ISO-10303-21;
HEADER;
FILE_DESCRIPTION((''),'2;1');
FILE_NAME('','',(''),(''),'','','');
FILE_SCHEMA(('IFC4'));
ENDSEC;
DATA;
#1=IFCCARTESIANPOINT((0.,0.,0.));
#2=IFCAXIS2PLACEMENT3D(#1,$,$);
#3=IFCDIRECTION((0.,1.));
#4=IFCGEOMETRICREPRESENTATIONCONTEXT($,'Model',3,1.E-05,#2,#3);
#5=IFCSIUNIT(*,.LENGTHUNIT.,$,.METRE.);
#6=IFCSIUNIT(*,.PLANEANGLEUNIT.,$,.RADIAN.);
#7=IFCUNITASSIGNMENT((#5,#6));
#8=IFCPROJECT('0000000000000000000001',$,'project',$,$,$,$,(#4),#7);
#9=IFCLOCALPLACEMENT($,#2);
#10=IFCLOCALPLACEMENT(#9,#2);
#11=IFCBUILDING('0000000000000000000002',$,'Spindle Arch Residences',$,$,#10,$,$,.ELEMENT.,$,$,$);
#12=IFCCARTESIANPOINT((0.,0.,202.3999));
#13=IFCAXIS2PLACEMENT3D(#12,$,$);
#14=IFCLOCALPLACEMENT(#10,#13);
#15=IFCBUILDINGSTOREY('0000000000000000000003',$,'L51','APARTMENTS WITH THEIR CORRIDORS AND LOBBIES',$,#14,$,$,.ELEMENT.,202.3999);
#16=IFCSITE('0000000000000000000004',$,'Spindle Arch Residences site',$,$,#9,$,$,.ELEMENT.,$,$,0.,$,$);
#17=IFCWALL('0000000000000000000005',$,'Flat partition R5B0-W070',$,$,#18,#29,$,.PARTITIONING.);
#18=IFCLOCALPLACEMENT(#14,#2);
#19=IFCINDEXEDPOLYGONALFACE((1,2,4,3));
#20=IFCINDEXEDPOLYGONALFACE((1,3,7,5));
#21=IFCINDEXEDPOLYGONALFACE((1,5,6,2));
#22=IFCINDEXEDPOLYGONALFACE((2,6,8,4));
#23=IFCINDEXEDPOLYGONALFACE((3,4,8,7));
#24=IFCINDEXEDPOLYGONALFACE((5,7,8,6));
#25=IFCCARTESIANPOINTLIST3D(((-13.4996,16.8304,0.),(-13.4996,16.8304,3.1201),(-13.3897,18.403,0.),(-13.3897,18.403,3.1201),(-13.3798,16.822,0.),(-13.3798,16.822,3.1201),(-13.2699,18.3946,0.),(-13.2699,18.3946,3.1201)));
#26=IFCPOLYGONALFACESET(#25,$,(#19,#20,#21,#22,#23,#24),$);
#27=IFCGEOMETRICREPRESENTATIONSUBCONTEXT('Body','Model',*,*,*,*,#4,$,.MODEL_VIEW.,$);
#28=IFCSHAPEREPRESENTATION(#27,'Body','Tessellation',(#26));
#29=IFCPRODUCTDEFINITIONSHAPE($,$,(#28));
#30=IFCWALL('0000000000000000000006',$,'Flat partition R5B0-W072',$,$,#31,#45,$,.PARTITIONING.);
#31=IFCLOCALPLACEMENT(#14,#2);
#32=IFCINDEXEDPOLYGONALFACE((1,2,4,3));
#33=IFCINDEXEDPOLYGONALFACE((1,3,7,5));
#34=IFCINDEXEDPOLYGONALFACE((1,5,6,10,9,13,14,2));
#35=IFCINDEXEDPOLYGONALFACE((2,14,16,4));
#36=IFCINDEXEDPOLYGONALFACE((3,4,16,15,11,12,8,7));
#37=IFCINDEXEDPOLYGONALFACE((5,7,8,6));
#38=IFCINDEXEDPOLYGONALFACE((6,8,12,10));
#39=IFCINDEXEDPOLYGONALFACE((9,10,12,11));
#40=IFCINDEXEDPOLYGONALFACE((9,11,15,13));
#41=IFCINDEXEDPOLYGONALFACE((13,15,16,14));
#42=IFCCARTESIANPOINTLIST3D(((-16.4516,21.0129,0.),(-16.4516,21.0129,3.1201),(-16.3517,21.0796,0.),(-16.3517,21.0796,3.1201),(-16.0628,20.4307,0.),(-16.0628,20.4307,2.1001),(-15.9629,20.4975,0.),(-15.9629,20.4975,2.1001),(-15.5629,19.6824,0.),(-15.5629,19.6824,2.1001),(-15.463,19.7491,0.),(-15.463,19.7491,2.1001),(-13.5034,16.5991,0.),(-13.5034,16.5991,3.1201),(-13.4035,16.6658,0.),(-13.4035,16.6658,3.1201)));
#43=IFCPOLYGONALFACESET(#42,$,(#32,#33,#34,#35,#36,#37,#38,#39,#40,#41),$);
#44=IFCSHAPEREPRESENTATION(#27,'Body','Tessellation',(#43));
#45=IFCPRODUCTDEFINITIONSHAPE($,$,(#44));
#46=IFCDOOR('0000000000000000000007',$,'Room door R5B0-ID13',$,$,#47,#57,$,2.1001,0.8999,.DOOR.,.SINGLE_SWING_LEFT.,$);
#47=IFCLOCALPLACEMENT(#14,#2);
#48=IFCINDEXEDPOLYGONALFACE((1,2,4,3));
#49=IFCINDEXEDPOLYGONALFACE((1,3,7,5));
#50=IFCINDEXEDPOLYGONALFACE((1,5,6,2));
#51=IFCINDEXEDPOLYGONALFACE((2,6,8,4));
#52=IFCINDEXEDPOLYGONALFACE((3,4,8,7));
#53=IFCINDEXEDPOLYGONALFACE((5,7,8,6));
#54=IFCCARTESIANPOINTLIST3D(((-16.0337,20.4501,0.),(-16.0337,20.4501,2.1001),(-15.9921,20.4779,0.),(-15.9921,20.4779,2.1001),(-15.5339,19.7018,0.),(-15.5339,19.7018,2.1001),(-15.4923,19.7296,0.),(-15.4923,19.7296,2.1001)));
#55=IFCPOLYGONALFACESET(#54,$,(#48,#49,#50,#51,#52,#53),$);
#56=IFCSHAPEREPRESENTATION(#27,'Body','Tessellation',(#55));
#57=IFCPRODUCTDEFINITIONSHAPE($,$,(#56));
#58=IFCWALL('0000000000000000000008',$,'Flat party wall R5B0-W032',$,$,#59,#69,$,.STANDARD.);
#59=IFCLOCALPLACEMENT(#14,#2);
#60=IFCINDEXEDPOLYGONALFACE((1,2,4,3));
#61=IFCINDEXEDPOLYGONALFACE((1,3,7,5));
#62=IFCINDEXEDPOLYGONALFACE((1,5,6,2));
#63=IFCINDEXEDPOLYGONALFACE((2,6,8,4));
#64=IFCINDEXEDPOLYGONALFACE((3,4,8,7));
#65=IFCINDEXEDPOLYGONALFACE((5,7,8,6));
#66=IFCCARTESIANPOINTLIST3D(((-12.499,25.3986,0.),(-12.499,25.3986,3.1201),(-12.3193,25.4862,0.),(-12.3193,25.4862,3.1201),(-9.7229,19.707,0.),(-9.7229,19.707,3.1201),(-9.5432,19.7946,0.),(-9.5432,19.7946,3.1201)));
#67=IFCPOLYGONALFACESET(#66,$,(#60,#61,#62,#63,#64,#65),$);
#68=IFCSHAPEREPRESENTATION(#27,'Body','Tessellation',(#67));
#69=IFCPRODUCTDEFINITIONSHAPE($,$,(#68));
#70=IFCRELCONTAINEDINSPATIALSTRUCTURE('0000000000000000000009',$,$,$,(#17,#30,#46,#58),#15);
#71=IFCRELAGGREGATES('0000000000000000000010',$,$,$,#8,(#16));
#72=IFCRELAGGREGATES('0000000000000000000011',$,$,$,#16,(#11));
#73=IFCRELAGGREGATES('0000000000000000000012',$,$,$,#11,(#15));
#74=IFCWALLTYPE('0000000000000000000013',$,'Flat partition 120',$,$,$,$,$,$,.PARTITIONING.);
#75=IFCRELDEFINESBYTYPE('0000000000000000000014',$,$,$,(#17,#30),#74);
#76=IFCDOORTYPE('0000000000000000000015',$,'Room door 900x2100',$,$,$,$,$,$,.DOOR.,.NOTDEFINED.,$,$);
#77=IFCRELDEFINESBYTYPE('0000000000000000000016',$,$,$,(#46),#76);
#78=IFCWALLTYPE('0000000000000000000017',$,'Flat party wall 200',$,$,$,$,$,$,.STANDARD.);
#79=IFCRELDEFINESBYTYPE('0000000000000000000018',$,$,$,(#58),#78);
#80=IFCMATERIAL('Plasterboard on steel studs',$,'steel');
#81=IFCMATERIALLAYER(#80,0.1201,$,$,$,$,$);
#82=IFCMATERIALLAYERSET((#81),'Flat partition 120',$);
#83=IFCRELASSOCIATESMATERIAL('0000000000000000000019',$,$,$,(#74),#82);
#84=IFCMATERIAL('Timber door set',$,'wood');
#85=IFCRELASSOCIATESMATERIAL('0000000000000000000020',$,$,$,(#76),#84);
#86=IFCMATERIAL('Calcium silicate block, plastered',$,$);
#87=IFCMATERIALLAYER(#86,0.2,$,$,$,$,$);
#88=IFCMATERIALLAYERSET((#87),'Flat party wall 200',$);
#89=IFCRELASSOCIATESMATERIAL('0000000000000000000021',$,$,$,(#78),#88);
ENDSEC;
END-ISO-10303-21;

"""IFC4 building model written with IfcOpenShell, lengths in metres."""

from ifc_helpers import new_model, si_unit, direction, frame, frame_2d, origin, place, context, subcontext, project, spatial, rectangle, extrude, material, layer, layer_set, type_object, element, fill, save


model = new_model("IFC4")

# Units and contexts
model_context = context("Model", 3, precision=1e-05, world=origin(), true_north=direction((0.0, 1.0)))
body_context = subcontext(model_context, "Body", "Model", "MODEL_VIEW")
ifc_project = project(units=[si_unit("LENGTHUNIT", "METRE"), si_unit("PLANEANGLEUNIT", "RADIAN")], contexts=[model_context])

# Site, building, storey
site_placement = place(None, origin())
site = spatial("IfcSite", under=ifc_project, at=site_placement, Name="Spindle Arch Residences site", CompositionType="ELEMENT", RefElevation=0.0)
building_placement = place(site_placement, origin())
building = spatial("IfcBuilding", under=site, at=building_placement, Name="Spindle Arch Residences", CompositionType="ELEMENT")
storey_placement = place(building_placement, frame((0.0, 0.0, 202.3999)))
storey = spatial("IfcBuildingStorey", under=building, at=storey_placement, Name="L51", Description="APARTMENTS WITH THEIR CORRIDORS AND LOBBIES", CompositionType="ELEMENT", Elevation=202.3999)

# Wall
ifc_material_1 = material(Name="Plasterboard on steel studs", Category="steel")
ifc_layer_1 = layer(ifc_material_1, 0.1201)
ifc_layer_set_1 = layer_set([ifc_layer_1], Name="Flat partition 120")
wall_type_1 = type_object("IfcWallType", Name="Flat partition 120", PredefinedType="PARTITIONING", material=ifc_layer_set_1)
wall_1_placement = place(storey_placement, frame((-13.3298, 18.3987, 0.0), z_axis=(0.0, 0.0, 1.0), x_axis=(-0.069695, -0.997568, 0.0)))
element("IfcWall", 1, at=wall_1_placement, inside=storey, type_object=wall_type_1, Name="Flat partition R5B0-W070", PredefinedType="PARTITIONING", context=body_context, shape_type="SweptSolid", body=[
    extrude(rectangle(XDim=1.5764, YDim=0.1201, at=frame_2d((0.7881, 0.0))), origin(), (0.0, 0.0, 1.0), 3.1201),
])

# Wall, opening, door
wall_2_placement = place(storey_placement, frame((-16.4016, 21.0461, 0.0), z_axis=(0.0, 0.0, 1.0), x_axis=(0.555443, -0.831555, 0.0)))
wall_2 = element("IfcWall", 2, at=wall_2_placement, inside=storey, type_object=wall_type_1, Name="Flat partition R5B0-W072", PredefinedType="PARTITIONING", context=body_context, shape_type="SweptSolid", body=[
    extrude(rectangle(XDim=5.3079, YDim=0.1201, at=frame_2d((2.6538, 0.0))), origin(), (0.0, 0.0, 1.0), 3.1201),
])
opening_placement = place(wall_2_placement, frame((0.7, 0.0, 0.0)))
opening = element("IfcOpeningElement", 3, at=opening_placement, cuts=wall_2, PredefinedType="OPENING", context=body_context, shape_type="SweptSolid", body=[
    extrude(rectangle(XDim=0.8999, YDim=2.1001, at=frame_2d((0.45, 1.05))), frame((0.0, 0.0701, 0.0), z_axis=(0.0, -1.0, 0.0), x_axis=(1.0, 0.0, 0.0)), (0.0, 0.0, 1.0), 0.1401),
])
ifc_material_2 = material(Name="Timber door set", Category="wood")
door_type = type_object("IfcDoorType", Name="Room door 900x2100", OperationType="NOTDEFINED", PredefinedType="DOOR", material=ifc_material_2)
door_placement = place(opening_placement, origin())
door = element("IfcDoor", 4, at=door_placement, inside=storey, type_object=door_type, Name="Room door R5B0-ID13", OperationType="SINGLE_SWING_LEFT", OverallHeight=2.1001, OverallWidth=0.8999, PredefinedType="DOOR", context=body_context, shape_type="SweptSolid", body=[
    extrude(rectangle(XDim=0.8999, YDim=2.1001, at=frame_2d((0.45, 1.05))), frame((0.0, 0.0249, 0.0), z_axis=(0.0, -1.0, 0.0), x_axis=(1.0, 0.0, 0.0)), (0.0, 0.0, 1.0), 0.05),
])
fill(opening, door)

# Wall
ifc_material_3 = material(Name="Calcium silicate block, plastered")
ifc_layer_2 = layer(ifc_material_3, 0.2)
ifc_layer_set_2 = layer_set([ifc_layer_2], Name="Flat party wall 200")
wall_type_2 = type_object("IfcWallType", Name="Flat party wall 200", PredefinedType="STANDARD", material=ifc_layer_set_2)
wall_3_placement = place(storey_placement, frame((-12.4092, 25.4424, 0.0), z_axis=(0.0, 0.0, 1.0), x_axis=(0.438386, -0.898787, 0.0)))
element("IfcWall", 5, at=wall_3_placement, inside=storey, type_object=wall_type_2, Name="Flat party wall R5B0-W032", PredefinedType="STANDARD", context=body_context, shape_type="SweptSolid", body=[
    extrude(rectangle(XDim=6.3325, YDim=0.2, at=frame_2d((3.1663, 0.0))), origin(), (0.0, 0.0, 1.0), 3.1201),
])

save(model, "model.ifc")
